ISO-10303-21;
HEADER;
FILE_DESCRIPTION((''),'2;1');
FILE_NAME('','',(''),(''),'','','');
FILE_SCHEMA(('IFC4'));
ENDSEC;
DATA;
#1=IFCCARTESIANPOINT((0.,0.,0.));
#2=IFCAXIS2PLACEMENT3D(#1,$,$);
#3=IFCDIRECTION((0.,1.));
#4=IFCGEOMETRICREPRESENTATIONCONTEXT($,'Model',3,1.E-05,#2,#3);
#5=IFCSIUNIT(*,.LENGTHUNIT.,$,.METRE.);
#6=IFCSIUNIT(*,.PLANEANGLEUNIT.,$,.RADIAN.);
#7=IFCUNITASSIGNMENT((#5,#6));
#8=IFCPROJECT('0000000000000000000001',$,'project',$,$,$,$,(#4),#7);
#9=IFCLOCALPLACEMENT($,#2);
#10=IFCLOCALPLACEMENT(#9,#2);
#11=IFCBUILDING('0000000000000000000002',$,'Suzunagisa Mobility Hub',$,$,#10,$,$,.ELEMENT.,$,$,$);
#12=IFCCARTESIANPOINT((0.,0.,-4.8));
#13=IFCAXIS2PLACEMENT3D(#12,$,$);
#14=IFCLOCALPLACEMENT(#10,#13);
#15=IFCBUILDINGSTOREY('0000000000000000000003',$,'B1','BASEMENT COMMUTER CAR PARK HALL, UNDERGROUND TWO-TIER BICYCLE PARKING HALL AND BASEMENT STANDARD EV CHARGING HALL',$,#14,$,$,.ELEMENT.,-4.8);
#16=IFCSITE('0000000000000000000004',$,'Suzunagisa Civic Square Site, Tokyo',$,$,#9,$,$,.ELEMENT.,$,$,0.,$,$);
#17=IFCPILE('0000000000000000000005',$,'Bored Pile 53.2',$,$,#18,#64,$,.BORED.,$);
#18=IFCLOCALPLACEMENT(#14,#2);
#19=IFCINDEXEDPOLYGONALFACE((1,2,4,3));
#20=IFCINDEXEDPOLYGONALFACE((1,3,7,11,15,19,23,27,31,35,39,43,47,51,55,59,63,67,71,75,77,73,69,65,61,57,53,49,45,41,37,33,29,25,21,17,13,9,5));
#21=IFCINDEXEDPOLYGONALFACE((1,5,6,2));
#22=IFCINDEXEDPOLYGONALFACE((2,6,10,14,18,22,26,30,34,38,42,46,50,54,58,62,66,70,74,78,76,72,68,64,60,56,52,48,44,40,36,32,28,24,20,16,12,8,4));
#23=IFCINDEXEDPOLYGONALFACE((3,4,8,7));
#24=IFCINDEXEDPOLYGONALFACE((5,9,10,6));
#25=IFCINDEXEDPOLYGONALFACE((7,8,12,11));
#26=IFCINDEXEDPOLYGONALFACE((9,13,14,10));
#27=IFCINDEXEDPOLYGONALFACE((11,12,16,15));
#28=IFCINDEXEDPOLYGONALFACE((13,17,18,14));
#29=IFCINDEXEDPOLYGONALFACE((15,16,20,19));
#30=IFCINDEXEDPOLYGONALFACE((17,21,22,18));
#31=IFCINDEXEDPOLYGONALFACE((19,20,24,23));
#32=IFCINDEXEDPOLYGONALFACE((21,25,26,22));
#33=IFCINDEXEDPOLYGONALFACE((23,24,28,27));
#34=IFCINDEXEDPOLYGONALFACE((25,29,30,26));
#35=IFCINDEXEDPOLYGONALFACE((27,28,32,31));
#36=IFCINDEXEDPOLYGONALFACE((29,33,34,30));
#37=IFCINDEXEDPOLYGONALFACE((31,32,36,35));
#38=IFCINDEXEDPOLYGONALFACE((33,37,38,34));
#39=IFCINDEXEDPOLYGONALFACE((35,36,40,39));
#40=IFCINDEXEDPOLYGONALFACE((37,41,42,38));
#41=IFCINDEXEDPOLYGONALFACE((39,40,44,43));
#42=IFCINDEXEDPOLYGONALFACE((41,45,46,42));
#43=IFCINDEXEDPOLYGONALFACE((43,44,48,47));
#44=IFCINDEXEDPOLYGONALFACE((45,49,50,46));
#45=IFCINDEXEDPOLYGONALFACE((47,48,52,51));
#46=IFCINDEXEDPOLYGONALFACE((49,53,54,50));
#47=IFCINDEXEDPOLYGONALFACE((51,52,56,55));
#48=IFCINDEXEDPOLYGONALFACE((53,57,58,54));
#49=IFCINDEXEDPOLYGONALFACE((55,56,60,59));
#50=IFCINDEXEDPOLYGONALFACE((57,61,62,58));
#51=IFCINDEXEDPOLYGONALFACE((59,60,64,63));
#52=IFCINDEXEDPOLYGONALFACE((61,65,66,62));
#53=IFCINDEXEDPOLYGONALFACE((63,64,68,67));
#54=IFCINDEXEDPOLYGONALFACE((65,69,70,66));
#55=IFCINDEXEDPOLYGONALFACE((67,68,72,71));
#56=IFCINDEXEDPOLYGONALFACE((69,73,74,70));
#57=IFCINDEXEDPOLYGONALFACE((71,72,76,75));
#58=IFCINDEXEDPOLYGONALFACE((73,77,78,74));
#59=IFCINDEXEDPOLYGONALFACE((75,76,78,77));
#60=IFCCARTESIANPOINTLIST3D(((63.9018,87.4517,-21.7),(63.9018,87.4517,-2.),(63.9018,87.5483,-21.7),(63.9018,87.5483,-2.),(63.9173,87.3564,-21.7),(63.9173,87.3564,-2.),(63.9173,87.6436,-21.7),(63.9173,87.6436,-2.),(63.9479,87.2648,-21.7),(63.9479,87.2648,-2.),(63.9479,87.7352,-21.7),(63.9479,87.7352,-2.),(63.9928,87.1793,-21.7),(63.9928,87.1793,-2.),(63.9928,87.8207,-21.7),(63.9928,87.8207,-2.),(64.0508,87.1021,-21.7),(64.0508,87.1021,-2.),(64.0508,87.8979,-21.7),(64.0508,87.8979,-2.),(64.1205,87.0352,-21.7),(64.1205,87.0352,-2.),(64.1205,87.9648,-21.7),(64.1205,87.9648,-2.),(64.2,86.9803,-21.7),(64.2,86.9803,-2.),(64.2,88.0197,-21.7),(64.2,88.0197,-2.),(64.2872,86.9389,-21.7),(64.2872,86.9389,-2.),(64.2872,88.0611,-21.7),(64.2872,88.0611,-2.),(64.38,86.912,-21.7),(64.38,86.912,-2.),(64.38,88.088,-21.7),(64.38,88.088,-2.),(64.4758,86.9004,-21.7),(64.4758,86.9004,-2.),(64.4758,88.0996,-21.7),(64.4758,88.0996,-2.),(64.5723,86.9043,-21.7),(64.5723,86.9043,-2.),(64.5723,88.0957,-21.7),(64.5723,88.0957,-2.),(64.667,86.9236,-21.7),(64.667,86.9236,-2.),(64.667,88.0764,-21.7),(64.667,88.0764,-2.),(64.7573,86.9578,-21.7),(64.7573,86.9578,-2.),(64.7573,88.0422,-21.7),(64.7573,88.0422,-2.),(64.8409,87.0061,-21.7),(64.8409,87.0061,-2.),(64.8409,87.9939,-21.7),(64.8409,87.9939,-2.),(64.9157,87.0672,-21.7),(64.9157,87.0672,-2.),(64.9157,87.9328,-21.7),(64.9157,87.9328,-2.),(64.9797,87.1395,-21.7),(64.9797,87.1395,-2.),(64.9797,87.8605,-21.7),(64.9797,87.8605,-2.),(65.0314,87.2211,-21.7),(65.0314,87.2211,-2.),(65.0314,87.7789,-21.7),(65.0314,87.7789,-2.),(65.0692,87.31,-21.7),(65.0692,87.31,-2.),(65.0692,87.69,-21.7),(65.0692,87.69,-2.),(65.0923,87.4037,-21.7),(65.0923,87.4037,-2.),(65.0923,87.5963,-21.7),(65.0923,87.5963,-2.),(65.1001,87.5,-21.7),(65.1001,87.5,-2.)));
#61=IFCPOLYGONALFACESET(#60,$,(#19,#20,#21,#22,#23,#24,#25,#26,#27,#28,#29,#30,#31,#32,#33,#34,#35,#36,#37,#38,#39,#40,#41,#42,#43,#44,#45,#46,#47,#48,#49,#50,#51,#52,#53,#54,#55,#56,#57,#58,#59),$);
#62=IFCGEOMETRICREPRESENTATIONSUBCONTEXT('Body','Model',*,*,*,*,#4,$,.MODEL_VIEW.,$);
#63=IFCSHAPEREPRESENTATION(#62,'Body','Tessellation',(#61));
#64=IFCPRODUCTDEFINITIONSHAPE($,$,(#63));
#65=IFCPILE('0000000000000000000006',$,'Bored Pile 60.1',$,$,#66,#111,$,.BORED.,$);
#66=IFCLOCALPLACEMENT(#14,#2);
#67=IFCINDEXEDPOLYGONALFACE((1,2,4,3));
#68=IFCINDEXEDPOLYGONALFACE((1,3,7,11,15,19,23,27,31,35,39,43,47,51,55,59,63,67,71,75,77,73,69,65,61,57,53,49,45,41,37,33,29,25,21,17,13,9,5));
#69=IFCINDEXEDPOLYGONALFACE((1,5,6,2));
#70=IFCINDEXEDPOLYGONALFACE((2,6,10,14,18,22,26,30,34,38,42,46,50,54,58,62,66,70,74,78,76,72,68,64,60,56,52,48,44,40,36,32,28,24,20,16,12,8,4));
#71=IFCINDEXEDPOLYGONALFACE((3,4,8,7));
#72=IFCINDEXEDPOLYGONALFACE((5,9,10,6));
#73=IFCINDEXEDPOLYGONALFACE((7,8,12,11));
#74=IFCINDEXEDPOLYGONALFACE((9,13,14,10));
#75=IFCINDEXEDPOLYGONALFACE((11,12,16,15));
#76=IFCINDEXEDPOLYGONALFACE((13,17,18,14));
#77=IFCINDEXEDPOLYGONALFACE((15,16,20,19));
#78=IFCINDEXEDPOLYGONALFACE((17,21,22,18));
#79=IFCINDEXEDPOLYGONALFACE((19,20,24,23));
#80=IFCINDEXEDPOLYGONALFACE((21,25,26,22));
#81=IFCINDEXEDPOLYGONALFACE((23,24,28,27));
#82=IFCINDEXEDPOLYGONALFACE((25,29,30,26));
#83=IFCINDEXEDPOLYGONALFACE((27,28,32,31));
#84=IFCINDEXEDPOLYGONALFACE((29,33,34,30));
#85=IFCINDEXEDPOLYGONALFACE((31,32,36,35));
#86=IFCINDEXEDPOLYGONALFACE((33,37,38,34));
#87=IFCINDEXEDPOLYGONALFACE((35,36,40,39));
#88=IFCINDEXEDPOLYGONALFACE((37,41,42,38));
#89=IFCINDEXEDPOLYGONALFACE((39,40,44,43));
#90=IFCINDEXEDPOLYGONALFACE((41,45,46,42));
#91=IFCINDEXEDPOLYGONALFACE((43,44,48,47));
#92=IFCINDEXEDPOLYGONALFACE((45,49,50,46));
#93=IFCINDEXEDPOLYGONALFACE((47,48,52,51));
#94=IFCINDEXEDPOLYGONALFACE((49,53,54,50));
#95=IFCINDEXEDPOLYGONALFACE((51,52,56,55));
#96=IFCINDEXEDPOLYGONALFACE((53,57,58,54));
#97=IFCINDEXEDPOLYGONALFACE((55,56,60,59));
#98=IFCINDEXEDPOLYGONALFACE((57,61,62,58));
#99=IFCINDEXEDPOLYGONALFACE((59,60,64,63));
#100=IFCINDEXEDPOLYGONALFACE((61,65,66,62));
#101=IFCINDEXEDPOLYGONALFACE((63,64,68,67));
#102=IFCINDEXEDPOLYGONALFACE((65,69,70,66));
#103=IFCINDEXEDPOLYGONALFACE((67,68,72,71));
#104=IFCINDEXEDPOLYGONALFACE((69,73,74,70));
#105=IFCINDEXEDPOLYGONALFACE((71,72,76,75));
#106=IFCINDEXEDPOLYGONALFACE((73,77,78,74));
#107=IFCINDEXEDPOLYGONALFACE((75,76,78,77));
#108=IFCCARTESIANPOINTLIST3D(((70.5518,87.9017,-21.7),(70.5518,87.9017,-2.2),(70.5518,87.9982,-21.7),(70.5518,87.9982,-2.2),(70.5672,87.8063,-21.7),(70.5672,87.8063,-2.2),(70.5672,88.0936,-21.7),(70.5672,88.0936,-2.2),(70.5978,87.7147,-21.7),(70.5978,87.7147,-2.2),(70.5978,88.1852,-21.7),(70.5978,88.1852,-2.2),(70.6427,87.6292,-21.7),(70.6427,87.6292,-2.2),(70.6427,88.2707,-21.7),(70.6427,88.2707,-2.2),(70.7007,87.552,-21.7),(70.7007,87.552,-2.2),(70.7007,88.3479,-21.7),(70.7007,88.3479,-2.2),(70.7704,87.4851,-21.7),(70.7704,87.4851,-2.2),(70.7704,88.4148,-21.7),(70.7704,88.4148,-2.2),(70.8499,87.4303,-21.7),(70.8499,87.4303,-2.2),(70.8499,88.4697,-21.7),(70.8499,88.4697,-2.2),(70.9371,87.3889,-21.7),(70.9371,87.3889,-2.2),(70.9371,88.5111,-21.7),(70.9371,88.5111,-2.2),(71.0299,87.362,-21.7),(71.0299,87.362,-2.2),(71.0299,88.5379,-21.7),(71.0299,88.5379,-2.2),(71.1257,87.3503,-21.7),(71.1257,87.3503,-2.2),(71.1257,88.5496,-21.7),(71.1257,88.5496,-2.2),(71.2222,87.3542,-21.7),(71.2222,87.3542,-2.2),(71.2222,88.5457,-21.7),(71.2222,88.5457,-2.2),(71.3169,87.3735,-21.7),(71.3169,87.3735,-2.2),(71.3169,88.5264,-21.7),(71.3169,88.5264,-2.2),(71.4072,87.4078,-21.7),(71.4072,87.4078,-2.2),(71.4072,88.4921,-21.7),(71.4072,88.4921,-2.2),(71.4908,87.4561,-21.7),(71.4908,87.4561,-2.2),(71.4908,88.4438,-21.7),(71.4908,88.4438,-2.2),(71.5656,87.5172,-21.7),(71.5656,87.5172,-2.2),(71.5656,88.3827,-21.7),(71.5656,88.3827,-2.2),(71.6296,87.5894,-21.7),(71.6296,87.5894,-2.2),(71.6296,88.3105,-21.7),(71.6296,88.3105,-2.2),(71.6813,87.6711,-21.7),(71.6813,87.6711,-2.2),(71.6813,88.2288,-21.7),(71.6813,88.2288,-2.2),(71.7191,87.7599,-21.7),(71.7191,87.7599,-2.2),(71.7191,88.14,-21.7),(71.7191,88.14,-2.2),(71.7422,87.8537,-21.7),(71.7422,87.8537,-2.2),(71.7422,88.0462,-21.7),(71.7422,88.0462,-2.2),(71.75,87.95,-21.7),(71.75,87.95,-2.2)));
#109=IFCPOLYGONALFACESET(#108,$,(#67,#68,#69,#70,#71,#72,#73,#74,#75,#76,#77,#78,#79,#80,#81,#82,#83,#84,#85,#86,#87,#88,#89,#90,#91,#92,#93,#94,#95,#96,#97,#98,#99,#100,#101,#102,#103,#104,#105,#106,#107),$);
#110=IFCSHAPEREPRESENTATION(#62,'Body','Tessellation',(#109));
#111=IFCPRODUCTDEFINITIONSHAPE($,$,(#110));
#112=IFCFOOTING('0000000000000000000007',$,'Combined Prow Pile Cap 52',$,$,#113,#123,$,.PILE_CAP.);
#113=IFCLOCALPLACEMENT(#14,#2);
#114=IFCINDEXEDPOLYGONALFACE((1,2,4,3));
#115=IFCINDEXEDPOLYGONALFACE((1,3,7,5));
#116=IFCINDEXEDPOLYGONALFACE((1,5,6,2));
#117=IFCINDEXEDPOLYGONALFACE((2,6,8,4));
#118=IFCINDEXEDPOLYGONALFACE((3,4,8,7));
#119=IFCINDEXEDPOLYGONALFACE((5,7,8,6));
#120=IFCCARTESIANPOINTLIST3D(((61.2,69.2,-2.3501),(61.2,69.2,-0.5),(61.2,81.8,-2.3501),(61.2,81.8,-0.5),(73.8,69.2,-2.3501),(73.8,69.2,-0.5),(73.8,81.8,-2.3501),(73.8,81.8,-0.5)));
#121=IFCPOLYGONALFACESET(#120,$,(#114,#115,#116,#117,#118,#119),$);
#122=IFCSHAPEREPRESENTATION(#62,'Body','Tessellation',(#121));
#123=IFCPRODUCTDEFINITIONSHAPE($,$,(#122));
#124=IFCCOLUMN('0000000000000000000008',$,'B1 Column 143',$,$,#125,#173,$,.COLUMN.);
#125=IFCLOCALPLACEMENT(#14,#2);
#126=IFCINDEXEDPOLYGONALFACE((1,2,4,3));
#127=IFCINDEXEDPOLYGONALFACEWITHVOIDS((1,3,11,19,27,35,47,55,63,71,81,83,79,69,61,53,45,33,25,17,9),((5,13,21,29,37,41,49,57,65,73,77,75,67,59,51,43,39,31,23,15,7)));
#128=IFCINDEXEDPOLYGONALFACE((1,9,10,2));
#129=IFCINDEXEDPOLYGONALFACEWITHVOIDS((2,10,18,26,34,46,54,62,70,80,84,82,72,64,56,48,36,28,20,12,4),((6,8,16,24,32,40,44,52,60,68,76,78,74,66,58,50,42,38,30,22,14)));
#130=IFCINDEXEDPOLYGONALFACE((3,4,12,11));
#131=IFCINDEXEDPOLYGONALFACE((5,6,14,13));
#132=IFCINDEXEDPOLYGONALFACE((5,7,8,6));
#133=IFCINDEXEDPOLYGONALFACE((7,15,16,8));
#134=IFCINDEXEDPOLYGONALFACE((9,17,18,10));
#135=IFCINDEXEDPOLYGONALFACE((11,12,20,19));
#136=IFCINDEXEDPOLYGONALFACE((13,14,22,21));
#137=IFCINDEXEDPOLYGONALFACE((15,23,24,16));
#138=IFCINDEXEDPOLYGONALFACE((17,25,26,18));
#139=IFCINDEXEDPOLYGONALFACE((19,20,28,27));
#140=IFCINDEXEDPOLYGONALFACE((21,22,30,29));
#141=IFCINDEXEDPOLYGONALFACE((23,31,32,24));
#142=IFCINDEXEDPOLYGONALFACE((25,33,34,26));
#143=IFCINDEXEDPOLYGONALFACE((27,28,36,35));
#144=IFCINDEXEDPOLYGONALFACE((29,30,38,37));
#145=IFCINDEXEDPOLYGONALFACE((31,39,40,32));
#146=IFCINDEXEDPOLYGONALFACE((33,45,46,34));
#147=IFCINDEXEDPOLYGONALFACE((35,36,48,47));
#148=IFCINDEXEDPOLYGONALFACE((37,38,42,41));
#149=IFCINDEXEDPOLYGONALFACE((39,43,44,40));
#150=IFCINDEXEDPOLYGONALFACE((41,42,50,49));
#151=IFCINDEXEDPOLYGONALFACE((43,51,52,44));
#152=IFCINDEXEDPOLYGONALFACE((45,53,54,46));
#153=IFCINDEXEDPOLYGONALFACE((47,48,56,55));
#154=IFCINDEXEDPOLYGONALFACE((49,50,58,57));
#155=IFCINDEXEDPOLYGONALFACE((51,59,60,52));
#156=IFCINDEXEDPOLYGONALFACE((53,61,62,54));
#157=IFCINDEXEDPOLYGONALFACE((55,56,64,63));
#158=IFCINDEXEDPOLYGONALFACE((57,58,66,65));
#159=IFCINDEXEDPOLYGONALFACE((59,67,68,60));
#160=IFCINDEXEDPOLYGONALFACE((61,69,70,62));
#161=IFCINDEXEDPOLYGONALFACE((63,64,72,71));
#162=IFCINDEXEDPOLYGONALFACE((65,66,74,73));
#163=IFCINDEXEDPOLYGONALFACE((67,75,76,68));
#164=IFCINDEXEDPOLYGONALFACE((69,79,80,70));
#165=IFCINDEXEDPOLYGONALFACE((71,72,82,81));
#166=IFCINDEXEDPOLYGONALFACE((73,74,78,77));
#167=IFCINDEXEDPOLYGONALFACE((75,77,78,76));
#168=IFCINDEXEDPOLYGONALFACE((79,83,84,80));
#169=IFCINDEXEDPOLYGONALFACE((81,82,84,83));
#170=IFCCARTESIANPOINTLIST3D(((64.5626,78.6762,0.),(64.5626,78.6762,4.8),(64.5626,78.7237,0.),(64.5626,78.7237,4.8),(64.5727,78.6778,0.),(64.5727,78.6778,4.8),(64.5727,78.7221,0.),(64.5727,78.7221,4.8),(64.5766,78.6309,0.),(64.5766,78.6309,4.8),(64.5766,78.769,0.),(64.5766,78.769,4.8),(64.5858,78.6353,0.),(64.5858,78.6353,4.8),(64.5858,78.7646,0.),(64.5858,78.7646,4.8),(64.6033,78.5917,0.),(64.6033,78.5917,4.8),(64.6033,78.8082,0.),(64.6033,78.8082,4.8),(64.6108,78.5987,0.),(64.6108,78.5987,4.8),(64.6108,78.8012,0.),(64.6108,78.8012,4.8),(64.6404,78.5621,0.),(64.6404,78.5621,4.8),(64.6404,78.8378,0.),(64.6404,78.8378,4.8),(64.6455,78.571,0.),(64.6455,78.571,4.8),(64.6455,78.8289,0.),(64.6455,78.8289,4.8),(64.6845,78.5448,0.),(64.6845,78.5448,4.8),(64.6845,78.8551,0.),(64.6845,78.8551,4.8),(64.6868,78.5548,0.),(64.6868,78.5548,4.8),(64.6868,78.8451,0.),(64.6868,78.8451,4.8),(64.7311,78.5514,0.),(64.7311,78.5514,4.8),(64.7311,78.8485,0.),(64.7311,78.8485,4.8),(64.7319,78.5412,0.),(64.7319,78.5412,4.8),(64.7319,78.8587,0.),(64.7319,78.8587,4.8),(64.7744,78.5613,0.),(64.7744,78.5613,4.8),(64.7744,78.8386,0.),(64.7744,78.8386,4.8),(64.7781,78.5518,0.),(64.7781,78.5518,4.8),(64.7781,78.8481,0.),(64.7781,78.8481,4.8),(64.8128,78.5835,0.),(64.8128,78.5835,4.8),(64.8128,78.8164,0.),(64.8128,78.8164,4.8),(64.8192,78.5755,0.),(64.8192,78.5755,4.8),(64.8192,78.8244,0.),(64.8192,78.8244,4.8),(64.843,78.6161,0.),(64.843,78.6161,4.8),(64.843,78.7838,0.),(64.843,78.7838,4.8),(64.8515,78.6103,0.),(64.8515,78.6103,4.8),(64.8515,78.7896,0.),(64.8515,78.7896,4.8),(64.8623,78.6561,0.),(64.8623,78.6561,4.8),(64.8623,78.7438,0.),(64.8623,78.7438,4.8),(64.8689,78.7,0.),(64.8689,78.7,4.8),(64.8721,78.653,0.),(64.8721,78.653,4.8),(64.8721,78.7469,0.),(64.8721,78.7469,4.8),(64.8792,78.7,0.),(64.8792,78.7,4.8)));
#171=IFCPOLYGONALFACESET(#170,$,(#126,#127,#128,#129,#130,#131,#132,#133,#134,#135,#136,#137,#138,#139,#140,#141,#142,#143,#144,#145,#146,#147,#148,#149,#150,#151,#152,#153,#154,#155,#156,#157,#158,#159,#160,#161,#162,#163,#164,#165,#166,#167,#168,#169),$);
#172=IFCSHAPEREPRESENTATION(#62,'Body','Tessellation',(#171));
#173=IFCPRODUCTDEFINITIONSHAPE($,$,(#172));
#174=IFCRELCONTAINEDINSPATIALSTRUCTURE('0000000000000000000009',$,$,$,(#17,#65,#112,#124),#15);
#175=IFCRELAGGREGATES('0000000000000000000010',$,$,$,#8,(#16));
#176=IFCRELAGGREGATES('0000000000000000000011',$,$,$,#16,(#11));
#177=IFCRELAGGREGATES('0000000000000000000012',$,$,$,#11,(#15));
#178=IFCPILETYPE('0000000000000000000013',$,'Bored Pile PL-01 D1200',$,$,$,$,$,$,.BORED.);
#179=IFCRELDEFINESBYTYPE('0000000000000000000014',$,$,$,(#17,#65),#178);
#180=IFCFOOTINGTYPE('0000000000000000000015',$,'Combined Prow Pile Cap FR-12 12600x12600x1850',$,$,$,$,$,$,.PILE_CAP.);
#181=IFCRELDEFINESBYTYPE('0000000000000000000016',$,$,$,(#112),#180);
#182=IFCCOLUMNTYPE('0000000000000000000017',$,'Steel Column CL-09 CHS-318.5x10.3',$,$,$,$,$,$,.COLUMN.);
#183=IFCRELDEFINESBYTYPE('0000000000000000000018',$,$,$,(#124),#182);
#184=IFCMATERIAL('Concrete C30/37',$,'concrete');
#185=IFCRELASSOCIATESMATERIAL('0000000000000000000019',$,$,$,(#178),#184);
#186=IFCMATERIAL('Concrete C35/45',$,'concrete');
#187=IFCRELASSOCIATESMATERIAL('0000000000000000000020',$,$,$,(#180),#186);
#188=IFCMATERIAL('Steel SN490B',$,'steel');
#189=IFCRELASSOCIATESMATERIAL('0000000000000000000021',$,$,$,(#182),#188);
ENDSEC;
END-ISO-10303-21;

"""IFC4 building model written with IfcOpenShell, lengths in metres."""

from ifc_helpers import new_model, si_unit, direction, frame, origin, origin_2d, place, context, subcontext, project, spatial, rectangle, circle, hollow_circle, extrude, material, material_profile, profile_set, type_object, element, save


model = new_model("IFC4")

# Units and contexts
model_context = context("Model", 3, precision=1e-05, world=origin(), true_north=direction((0.0, 1.0)))
body_context = subcontext(model_context, "Body", "Model", "MODEL_VIEW")
ifc_project = project(units=[si_unit("LENGTHUNIT", "METRE"), si_unit("PLANEANGLEUNIT", "RADIAN")], contexts=[model_context])

# Site, building, storey
site_placement = place(None, origin())
site = spatial("IfcSite", under=ifc_project, at=site_placement, Name="Suzunagisa Civic Square Site, Tokyo", CompositionType="ELEMENT", RefElevation=0.0)
building_placement = place(site_placement, origin())
building = spatial("IfcBuilding", under=site, at=building_placement, Name="Suzunagisa Mobility Hub", CompositionType="ELEMENT")
storey_placement = place(building_placement, frame((0.0, 0.0, -4.8)))
storey = spatial("IfcBuildingStorey", under=building, at=storey_placement, Name="B1", Description="BASEMENT COMMUTER CAR PARK HALL, UNDERGROUND TWO-TIER BICYCLE PARKING HALL AND BASEMENT STANDARD EV CHARGING HALL", CompositionType="ELEMENT", Elevation=-4.8)

# Piles
ifc_material_1 = material(Name="Concrete C30/37", Category="concrete")
ifc_material_profile_1 = material_profile(ifc_material_1, circle(Radius=0.6001, at=origin_2d()), Name="BORED PILE D1200")
ifc_profile_set_1 = profile_set([ifc_material_profile_1], Name="Concrete C30/37")
pile_type = type_object("IfcPileType", Name="Bored Pile PL-01 D1200", PredefinedType="BORED", material=ifc_profile_set_1)
pile_1_placement = place(storey_placement, frame((64.5, 87.5, -2.0), z_axis=(0.0, 0.0, -1.0), x_axis=(1.0, 0.0, 0.0)))
element("IfcPile", 1, at=pile_1_placement, inside=storey, type_object=pile_type, Name="Bored Pile 53.2", PredefinedType="BORED", context=body_context, shape_type="SweptSolid", body=[
    extrude(circle(Radius=0.6001, at=origin_2d()), origin(), (0.0, 0.0, 1.0), 19.7),
])
pile_2_placement = place(storey_placement, frame((71.1499, 87.95, -2.2), z_axis=(0.0, 0.0, -1.0), x_axis=(1.0, 0.0, 0.0)))
element("IfcPile", 2, at=pile_2_placement, inside=storey, type_object=pile_type, Name="Bored Pile 60.1", PredefinedType="BORED", context=body_context, shape_type="SweptSolid", body=[
    extrude(circle(Radius=0.6001, at=origin_2d()), origin(), (0.0, 0.0, 1.0), 19.5),
])

# Footing
ifc_material_2 = material(Name="Concrete C35/45", Category="concrete")
footing_type = type_object("IfcFootingType", Name="Combined Prow Pile Cap FR-12 12600x12600x1850", PredefinedType="PILE_CAP", material=ifc_material_2)
footing_placement = place(storey_placement, frame((67.5, 75.5, -2.3501), z_axis=(0.0, 0.0, 1.0), x_axis=(1.0, 0.0, 0.0)))
element("IfcFooting", 3, at=footing_placement, inside=storey, type_object=footing_type, Name="Combined Prow Pile Cap 52", PredefinedType="PILE_CAP", context=body_context, shape_type="SweptSolid", body=[
    extrude(rectangle(XDim=12.6001, YDim=12.6001, at=origin_2d()), origin(), (0.0, 0.0, 1.0), 1.8501),
])

# Column
ifc_material_3 = material(Name="Steel SN490B", Category="steel")
ifc_material_profile_2 = material_profile(ifc_material_3, hollow_circle(Radius=0.1592, WallThickness=0.0103, at=origin_2d()), Name="CHS-318.5x10.3")
ifc_profile_set_2 = profile_set([ifc_material_profile_2], Name="Steel SN490B")
column_type_1 = type_object("IfcColumnType", Name="Steel Column CL-09 CHS-318.5x10.3", PredefinedType="COLUMN", material=ifc_profile_set_2)
for number, where, z_axis, x_axis, name in (
    (4, (64.72, 78.7, 0.0), (0.0, 0.0, 1.0), (1.0, 0.0, 0.0), "B1 Column 143"),
):
    element("IfcColumn", number, at=place(storey_placement, frame(where, z_axis=z_axis, x_axis=x_axis)), inside=storey, type_object=column_type_1, Name=name, PredefinedType="COLUMN", context=body_context, shape_type="SweptSolid", body=[
        extrude(hollow_circle(Radius=0.1592, WallThickness=0.0103, at=origin_2d()), origin(), (0.0, 0.0, 1.0), 4.8),
    ])

save(model, "model.ifc")
